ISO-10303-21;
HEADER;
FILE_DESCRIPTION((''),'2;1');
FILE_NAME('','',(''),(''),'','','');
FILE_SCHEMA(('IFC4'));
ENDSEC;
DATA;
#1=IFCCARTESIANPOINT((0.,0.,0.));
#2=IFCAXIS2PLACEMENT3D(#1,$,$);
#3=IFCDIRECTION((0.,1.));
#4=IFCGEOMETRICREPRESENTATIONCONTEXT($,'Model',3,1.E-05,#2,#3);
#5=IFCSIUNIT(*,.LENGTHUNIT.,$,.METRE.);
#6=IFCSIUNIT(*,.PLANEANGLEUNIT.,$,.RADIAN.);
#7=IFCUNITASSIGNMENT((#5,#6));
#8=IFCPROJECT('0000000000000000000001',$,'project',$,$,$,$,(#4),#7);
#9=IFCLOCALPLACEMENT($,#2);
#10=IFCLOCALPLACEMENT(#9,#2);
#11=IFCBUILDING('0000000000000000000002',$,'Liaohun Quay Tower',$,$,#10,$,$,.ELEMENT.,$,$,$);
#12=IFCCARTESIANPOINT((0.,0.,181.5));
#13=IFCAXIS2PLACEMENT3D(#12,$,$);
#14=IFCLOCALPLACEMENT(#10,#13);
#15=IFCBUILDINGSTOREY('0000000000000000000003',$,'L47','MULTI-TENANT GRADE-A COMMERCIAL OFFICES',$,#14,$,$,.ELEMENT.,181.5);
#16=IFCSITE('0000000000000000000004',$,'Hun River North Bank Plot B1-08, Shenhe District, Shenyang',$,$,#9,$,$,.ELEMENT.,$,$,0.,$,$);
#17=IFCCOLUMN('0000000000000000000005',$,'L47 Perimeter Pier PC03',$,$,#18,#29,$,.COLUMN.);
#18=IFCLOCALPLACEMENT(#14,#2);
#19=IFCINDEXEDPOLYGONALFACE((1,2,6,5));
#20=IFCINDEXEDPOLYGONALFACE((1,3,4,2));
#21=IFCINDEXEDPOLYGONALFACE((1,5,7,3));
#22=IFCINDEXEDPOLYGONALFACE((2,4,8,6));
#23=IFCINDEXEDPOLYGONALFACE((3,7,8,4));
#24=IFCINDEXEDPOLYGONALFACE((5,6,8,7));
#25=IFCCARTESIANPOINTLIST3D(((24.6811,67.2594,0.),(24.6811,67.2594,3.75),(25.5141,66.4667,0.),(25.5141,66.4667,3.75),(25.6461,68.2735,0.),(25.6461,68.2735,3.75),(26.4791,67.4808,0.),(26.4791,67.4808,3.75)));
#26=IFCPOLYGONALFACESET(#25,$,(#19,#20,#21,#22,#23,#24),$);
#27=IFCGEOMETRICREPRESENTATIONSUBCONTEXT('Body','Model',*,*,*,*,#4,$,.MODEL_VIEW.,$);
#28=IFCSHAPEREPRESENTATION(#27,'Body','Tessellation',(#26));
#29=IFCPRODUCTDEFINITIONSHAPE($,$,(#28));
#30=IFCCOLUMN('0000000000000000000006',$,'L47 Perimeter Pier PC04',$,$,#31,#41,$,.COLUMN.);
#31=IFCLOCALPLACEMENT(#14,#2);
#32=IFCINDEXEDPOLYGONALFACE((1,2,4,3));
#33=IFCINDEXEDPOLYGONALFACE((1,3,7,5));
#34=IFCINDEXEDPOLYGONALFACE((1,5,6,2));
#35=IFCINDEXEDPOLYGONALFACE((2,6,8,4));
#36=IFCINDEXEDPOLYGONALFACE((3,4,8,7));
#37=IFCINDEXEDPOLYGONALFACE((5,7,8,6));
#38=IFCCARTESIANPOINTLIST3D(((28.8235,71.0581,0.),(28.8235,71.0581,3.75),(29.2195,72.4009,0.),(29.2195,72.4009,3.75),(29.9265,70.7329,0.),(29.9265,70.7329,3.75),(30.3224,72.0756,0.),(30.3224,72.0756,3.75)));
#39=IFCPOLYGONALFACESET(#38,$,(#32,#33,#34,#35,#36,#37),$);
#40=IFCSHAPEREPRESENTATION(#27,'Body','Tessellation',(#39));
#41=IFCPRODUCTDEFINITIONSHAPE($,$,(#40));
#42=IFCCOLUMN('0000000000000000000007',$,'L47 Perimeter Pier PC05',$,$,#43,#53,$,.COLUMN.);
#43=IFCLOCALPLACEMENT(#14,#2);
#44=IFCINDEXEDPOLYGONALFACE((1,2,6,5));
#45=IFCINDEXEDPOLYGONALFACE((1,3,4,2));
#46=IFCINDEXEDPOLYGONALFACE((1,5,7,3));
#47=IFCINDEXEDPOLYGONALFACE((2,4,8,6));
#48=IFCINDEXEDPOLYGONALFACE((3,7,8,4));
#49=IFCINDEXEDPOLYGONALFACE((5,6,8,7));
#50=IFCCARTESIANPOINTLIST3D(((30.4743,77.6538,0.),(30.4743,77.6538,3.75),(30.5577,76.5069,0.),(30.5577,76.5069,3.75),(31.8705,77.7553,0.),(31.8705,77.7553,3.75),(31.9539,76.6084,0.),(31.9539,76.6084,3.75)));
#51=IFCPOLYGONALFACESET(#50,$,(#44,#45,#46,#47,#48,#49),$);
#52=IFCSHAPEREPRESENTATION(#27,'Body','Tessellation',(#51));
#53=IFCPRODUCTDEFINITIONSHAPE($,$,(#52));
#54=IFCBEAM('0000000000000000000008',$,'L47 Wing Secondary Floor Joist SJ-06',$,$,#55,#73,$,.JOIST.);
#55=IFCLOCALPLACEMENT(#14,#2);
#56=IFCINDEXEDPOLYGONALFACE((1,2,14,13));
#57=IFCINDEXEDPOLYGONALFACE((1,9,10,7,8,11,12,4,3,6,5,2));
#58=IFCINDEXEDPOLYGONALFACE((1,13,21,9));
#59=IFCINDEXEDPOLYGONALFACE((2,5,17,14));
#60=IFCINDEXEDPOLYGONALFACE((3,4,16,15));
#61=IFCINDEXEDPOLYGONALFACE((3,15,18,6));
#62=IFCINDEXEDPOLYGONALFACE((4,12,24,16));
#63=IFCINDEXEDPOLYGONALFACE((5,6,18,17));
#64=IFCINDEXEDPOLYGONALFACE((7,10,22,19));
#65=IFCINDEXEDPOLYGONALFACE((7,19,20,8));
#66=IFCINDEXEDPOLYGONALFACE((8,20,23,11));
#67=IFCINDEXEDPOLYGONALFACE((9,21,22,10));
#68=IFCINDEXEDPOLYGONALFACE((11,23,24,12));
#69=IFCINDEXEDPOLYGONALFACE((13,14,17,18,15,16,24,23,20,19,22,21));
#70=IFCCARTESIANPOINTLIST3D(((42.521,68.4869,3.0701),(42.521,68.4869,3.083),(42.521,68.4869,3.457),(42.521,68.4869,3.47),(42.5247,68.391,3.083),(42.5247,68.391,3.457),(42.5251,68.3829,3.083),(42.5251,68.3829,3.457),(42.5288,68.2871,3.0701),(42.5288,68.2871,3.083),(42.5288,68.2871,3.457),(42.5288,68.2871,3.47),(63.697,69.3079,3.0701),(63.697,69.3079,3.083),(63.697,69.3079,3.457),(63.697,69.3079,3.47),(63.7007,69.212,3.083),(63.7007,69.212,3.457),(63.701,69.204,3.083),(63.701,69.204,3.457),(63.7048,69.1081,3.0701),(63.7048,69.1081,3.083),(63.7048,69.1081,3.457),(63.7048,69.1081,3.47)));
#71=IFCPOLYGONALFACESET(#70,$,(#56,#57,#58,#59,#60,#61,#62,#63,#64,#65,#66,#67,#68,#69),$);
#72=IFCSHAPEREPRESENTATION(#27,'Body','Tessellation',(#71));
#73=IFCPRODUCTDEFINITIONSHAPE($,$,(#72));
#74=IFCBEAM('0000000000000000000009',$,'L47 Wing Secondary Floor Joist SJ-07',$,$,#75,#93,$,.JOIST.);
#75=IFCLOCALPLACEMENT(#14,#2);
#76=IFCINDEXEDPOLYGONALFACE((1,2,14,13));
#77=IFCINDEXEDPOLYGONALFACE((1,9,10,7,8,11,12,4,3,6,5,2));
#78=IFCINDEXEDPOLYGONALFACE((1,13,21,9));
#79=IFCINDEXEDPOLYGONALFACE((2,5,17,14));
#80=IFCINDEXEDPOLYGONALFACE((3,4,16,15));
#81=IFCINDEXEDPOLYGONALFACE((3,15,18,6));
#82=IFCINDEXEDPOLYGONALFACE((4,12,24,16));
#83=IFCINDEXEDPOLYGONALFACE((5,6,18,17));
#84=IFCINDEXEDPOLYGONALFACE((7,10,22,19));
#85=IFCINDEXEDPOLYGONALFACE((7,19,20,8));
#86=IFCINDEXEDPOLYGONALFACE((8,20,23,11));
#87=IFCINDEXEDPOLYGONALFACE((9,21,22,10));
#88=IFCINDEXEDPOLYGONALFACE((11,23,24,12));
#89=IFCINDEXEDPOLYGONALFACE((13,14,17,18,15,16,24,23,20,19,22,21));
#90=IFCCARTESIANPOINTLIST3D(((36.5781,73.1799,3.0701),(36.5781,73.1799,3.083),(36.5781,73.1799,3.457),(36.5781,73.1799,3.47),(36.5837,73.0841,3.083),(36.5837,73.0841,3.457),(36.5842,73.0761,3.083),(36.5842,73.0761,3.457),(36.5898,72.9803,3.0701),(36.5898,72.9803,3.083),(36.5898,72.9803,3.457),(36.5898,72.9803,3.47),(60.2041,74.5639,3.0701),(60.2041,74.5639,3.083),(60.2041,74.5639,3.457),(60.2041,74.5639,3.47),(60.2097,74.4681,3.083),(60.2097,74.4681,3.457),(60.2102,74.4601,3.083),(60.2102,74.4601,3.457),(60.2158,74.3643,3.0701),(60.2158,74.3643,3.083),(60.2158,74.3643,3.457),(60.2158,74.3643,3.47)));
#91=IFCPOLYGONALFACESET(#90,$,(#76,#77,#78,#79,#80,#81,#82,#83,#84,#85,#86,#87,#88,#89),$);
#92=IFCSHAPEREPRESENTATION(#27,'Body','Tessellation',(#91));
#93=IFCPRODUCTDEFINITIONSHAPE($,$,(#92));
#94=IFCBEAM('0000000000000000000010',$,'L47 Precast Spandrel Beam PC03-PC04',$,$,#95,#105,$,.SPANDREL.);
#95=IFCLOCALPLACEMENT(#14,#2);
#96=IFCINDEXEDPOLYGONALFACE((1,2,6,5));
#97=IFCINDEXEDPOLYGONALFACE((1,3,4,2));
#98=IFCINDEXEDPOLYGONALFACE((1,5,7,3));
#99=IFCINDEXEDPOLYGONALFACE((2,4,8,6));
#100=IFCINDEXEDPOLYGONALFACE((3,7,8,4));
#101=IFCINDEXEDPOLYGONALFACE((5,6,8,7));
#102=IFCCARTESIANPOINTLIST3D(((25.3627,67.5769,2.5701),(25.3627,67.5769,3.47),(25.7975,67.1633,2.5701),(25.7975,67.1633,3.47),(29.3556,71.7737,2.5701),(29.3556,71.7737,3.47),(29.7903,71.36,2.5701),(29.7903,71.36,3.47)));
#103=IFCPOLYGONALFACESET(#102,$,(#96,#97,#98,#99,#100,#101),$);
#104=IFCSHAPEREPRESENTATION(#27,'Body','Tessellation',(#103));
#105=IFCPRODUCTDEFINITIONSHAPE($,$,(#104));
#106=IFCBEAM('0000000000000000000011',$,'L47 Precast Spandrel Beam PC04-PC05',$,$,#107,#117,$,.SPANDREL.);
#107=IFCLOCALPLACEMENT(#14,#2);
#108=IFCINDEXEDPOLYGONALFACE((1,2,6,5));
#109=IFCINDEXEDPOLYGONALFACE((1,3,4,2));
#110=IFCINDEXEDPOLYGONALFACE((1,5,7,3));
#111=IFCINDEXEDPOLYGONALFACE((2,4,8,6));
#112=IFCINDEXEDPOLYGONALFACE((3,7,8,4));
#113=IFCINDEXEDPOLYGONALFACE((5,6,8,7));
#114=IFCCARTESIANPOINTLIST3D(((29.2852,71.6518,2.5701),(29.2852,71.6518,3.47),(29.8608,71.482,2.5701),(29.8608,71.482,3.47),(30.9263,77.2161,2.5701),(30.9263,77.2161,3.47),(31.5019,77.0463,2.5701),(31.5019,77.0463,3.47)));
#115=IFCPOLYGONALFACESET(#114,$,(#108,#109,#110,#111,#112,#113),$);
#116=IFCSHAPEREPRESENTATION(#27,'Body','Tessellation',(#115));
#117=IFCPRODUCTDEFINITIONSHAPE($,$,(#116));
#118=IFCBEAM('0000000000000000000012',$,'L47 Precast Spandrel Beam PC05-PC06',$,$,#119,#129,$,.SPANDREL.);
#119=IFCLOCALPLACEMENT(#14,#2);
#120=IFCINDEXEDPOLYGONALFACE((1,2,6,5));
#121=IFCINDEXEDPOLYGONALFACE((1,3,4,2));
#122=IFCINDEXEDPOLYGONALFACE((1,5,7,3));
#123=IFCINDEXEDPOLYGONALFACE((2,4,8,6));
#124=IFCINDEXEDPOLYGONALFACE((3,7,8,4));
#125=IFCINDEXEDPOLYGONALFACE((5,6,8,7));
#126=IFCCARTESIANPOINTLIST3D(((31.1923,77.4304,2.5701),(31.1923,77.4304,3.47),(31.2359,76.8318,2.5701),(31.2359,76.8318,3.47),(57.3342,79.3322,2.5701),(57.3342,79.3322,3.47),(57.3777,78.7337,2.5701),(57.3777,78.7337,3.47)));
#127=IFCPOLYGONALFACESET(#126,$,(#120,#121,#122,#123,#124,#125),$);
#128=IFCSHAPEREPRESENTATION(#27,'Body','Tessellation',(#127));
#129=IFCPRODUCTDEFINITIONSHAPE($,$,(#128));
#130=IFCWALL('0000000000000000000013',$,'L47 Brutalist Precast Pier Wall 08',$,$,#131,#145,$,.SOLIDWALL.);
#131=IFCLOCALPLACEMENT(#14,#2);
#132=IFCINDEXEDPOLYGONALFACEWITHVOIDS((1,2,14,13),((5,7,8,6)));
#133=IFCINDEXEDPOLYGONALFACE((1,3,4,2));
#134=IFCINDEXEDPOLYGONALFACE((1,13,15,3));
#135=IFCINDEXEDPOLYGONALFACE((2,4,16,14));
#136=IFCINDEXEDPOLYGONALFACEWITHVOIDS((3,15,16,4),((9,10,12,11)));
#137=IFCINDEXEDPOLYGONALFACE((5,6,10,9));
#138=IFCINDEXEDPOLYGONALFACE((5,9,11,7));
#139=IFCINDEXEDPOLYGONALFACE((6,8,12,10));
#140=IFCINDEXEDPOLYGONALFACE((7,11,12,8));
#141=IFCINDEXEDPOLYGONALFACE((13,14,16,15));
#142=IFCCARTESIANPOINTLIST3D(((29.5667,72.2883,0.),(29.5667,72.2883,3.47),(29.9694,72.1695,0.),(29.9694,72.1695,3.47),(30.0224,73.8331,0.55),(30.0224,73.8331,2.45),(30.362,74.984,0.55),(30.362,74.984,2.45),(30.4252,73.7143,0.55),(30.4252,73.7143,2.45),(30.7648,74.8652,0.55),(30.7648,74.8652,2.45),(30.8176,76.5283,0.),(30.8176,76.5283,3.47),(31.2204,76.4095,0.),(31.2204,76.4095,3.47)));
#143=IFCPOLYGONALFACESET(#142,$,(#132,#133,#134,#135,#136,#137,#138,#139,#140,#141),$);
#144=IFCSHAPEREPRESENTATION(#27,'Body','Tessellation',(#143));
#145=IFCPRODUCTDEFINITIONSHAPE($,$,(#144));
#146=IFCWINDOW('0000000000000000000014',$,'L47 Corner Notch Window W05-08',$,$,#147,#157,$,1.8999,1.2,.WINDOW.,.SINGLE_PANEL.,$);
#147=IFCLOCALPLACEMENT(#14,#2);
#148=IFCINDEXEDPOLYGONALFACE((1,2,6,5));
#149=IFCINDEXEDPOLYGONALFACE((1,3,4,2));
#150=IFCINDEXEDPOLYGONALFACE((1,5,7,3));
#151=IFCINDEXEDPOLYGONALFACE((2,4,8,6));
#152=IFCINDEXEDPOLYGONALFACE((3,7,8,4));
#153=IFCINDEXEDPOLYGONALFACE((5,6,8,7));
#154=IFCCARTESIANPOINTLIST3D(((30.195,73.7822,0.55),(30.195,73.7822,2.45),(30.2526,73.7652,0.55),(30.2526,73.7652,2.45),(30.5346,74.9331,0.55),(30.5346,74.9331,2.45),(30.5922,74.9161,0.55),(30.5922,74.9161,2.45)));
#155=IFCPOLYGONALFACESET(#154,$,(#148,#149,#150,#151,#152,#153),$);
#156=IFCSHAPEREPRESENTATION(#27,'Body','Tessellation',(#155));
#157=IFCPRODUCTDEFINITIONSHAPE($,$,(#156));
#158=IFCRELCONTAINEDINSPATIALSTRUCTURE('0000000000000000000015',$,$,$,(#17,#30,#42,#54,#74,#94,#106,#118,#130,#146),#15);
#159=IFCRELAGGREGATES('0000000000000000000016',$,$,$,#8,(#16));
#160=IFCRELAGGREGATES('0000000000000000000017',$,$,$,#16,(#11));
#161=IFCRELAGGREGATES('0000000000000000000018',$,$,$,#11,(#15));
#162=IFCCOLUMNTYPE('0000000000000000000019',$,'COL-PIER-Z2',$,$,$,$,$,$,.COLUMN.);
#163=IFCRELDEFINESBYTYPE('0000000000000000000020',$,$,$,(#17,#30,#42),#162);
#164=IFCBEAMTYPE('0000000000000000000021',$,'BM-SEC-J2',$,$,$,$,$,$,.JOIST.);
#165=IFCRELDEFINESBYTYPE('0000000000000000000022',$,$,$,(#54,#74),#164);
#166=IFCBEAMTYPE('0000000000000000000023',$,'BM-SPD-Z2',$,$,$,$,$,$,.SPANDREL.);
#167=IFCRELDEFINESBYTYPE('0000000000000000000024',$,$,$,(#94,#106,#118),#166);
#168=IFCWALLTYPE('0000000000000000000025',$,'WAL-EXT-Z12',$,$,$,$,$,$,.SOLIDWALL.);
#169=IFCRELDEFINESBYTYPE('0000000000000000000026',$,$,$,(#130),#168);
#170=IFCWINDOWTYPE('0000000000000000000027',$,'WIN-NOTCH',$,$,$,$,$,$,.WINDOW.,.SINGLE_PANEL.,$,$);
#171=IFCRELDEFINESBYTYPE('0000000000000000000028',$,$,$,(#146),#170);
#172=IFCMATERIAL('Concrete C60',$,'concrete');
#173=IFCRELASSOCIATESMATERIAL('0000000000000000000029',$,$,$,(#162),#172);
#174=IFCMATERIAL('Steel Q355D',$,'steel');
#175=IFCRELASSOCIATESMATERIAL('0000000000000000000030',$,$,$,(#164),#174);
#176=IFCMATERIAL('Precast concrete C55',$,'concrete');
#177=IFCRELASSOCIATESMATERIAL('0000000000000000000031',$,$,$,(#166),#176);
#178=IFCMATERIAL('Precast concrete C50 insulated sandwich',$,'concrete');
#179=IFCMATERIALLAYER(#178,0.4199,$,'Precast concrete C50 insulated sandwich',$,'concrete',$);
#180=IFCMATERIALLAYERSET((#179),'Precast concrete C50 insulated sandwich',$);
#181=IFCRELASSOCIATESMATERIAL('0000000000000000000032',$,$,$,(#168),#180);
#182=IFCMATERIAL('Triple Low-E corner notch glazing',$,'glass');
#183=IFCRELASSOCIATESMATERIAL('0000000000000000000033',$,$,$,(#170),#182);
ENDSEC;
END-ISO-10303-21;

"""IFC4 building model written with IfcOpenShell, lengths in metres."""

from ifc_helpers import new_model, si_unit, direction, frame, frame_2d, origin, origin_2d, place, context, subcontext, project, spatial, rectangle, i_section, extrude, source, transform, mapped, material, layer, layer_set, material_profile, profile_set, type_object, element, fill, save


model = new_model("IFC4")

# Units and contexts
model_context = context("Model", 3, precision=1e-05, world=origin(), true_north=direction((0.0, 1.0)))
body_context = subcontext(model_context, "Body", "Model", "MODEL_VIEW")
ifc_project = project(units=[si_unit("LENGTHUNIT", "METRE"), si_unit("PLANEANGLEUNIT", "RADIAN")], contexts=[model_context])

# Site, building, storey
site_placement = place(None, origin())
site = spatial("IfcSite", under=ifc_project, at=site_placement, Name="Hun River North Bank Plot B1-08, Shenhe District, Shenyang", CompositionType="ELEMENT", RefElevation=0.0)
building_placement = place(site_placement, origin())
building = spatial("IfcBuilding", under=site, at=building_placement, Name="Liaohun Quay Tower", CompositionType="ELEMENT")
storey_placement = place(building_placement, frame((0.0, 0.0, 181.5)))
storey = spatial("IfcBuildingStorey", under=building, at=storey_placement, Name="L47", Description="MULTI-TENANT GRADE-A COMMERCIAL OFFICES", CompositionType="ELEMENT", Elevation=181.5)

# Columns
ifc_material_1 = material(Name="Concrete C60", Category="concrete")
ifc_material_profile_1 = material_profile(ifc_material_1, rectangle(XDim=1.3999, YDim=1.1499, at=origin_2d()), Name="RC1400x1150")
ifc_profile_set_1 = profile_set([ifc_material_profile_1], Name="Concrete C60")
column_type = type_object("IfcColumnType", Name="COL-PIER-Z2", PredefinedType="COLUMN", material=ifc_profile_set_1)
shared_shape_1 = source(origin(), body_context, "Body", "SweptSolid", [
    extrude(rectangle(XDim=1.3999, YDim=1.1499, at=origin_2d()), origin(), (0.0, 0.0, 1.0), 3.75),
])
for number, where, z_axis, x_axis, name in (
    (1, (25.5801, 67.3701, 0.0), (0.0, 0.0, 1.0), (0.689367, 0.724413, 0.0), "L47 Perimeter Pier PC03"),
    (2, (29.573, 71.5669, 0.0), (0.0, 0.0, 1.0), (0.282844, 0.959166, 0.0), "L47 Perimeter Pier PC04"),
    (3, (31.2141, 77.1311, 0.0), (0.0, 0.0, 1.0), (0.997365, 0.072542, 0.0), "L47 Perimeter Pier PC05"),
):
    element("IfcColumn", number, at=place(storey_placement, frame(where, z_axis=z_axis, x_axis=x_axis)), inside=storey, type_object=column_type, Name=name, PredefinedType="COLUMN", context=body_context, shape_type="MappedRepresentation", body=[
        mapped(shared_shape_1, transform((0.0, 0.0, 0.0), x_axis=(1.0, 0.0, 0.0), y_axis=(0.0, 1.0, 0.0), z_axis=(0.0, 0.0, 1.0), scale=1.0)),
    ])

# Beams
ifc_material_2 = material(Name="Steel Q355D", Category="steel")
ifc_material_profile_2 = material_profile(ifc_material_2, i_section(OverallWidth=0.2, OverallDepth=0.3999, WebThickness=0.0081, FlangeThickness=0.0129, at=origin_2d()), Name="HN400x200x8x13")
ifc_profile_set_2 = profile_set([ifc_material_profile_2], Name="Steel Q355D")
beam_type_1 = type_object("IfcBeamType", Name="BM-SEC-J2", PredefinedType="JOIST", material=ifc_profile_set_2)
shared_shape_2 = source(origin(), body_context, "Body", "SweptSolid", [
    extrude(i_section(OverallWidth=0.2, OverallDepth=0.3999, WebThickness=0.0081, FlangeThickness=0.0129, at=origin_2d()), origin(), (0.0, 0.0, 1.0), 21.1919),
])
beam_1_placement = place(storey_placement, frame((42.5249, 68.387, 3.27), z_axis=(0.999249, 0.038743, 0.0), x_axis=(-0.038743, 0.999249, 0.0)))
element("IfcBeam", 4, at=beam_1_placement, inside=storey, type_object=beam_type_1, Name="L47 Wing Secondary Floor Joist SJ-06", PredefinedType="JOIST", context=body_context, shape_type="MappedRepresentation", body=[
    mapped(shared_shape_2, transform((0.0, 0.0, 0.0), x_axis=(1.0, 0.0, 0.0), y_axis=(0.0, 1.0, 0.0), z_axis=(0.0, 0.0, 1.0), scale=1.0)),
])
shared_shape_3 = source(origin(), body_context, "Body", "SweptSolid", [
    extrude(i_section(OverallWidth=0.2, OverallDepth=0.3999, WebThickness=0.0081, FlangeThickness=0.0129, at=origin_2d()), origin(), (0.0, 0.0, 1.0), 23.6665),
])
beam_2_placement = place(storey_placement, frame((36.584, 73.0801, 3.27), z_axis=(0.998289, 0.058481, 0.0), x_axis=(-0.058481, 0.998289, 0.0)))
element("IfcBeam", 5, at=beam_2_placement, inside=storey, type_object=beam_type_1, Name="L47 Wing Secondary Floor Joist SJ-07", PredefinedType="JOIST", context=body_context, shape_type="MappedRepresentation", body=[
    mapped(shared_shape_3, transform((0.0, 0.0, 0.0), x_axis=(1.0, 0.0, 0.0), y_axis=(0.0, 1.0, 0.0), z_axis=(0.0, 0.0, 1.0), scale=1.0)),
])
ifc_material_3 = material(Name="Precast concrete C55", Category="concrete")
ifc_material_profile_3 = material_profile(ifc_material_3, rectangle(XDim=0.6001, YDim=0.8999, at=origin_2d()), Name="RC600x900")
ifc_profile_set_3 = profile_set([ifc_material_profile_3], Name="Precast concrete C55")
beam_type_2 = type_object("IfcBeamType", Name="BM-SPD-Z2", PredefinedType="SPANDREL", material=ifc_profile_set_3)
shared_shape_4 = source(origin(), body_context, "Body", "SweptSolid", [
    extrude(rectangle(XDim=0.6001, YDim=0.8999, at=origin_2d()), origin(), (0.0, 0.0, 1.0), 5.7927),
])
beam_3_placement = place(storey_placement, frame((25.5801, 67.3701, 3.02), z_axis=(0.689292, 0.724484, 0.0), x_axis=(-0.724484, 0.689292, 0.0)))
element("IfcBeam", 6, at=beam_3_placement, inside=storey, type_object=beam_type_2, Name="L47 Precast Spandrel Beam PC03-PC04", PredefinedType="SPANDREL", context=body_context, shape_type="MappedRepresentation", body=[
    mapped(shared_shape_4, transform((0.0, 0.0, 0.0), x_axis=(1.0, 0.0, 0.0), y_axis=(0.0, 1.0, 0.0), z_axis=(0.0, 0.0, 1.0), scale=1.0)),
])
shared_shape_5 = source(origin(), body_context, "Body", "SweptSolid", [
    extrude(rectangle(XDim=0.6001, YDim=0.8999, at=origin_2d()), origin(), (0.0, 0.0, 1.0), 5.8013),
])
beam_4_placement = place(storey_placement, frame((29.573, 71.5669, 3.02), z_axis=(0.282893, 0.959151, 0.0), x_axis=(-0.959151, 0.282893, 0.0)))
element("IfcBeam", 7, at=beam_4_placement, inside=storey, type_object=beam_type_2, Name="L47 Precast Spandrel Beam PC04-PC05", PredefinedType="SPANDREL", context=body_context, shape_type="MappedRepresentation", body=[
    mapped(shared_shape_5, transform((0.0, 0.0, 0.0), x_axis=(1.0, 0.0, 0.0), y_axis=(0.0, 1.0, 0.0), z_axis=(0.0, 0.0, 1.0), scale=1.0)),
])
shared_shape_6 = source(origin(), body_context, "Body", "SweptSolid", [
    extrude(rectangle(XDim=0.6001, YDim=0.8999, at=origin_2d()), origin(), (0.0, 0.0, 1.0), 26.2109),
])
beam_5_placement = place(storey_placement, frame((31.2141, 77.1311, 3.02), z_axis=(0.997364, 0.07256, 0.0), x_axis=(-0.07256, 0.997364, 0.0)))
element("IfcBeam", 8, at=beam_5_placement, inside=storey, type_object=beam_type_2, Name="L47 Precast Spandrel Beam PC05-PC06", PredefinedType="SPANDREL", context=body_context, shape_type="MappedRepresentation", body=[
    mapped(shared_shape_6, transform((0.0, 0.0, 0.0), x_axis=(1.0, 0.0, 0.0), y_axis=(0.0, 1.0, 0.0), z_axis=(0.0, 0.0, 1.0), scale=1.0)),
])

# Wall, opening, window
ifc_material_4 = material(Name="Precast concrete C50 insulated sandwich", Category="concrete")
ifc_layer_1 = layer(ifc_material_4, 0.4199, Name="Precast concrete C50 insulated sandwich", Category="concrete")
ifc_layer_set_1 = layer_set([ifc_layer_1], Name="Precast concrete C50 insulated sandwich")
wall_type_1 = type_object("IfcWallType", Name="WAL-EXT-Z12", PredefinedType="SOLIDWALL", material=ifc_layer_set_1)
wall_1_placement = place(storey_placement, frame((31.019, 76.469, 0.0), z_axis=(0.0, 0.0, 1.0), x_axis=(-0.282982, -0.959125, 0.0)))
wall_1 = element("IfcWall", 9, at=wall_1_placement, inside=storey, type_object=wall_type_1, Name="L47 Brutalist Precast Pier Wall 08", PredefinedType="SOLIDWALL", context=body_context, shape_type="SweptSolid", body=[
    extrude(rectangle(XDim=4.4207, YDim=0.4199, at=frame_2d((2.2104, 0.0))), origin(), (0.0, 0.0, 1.0), 3.47),
])
shared_shape_7 = source(origin(), body_context, "Body", "SweptSolid", [
    extrude(rectangle(XDim=1.2, YDim=1.8999, at=frame_2d((0.6001, 0.95))), frame((0.0, 0.22, 0.0), z_axis=(0.0, -1.0, 0.0), x_axis=(1.0, 0.0, 0.0)), (0.0, 0.0, 1.0), 0.4399),
])
opening_1_placement = place(wall_1_placement, frame((1.6101, 0.0, 0.55)))
opening_1 = element("IfcOpeningElement", 10, at=opening_1_placement, cuts=wall_1, PredefinedType="OPENING", context=body_context, shape_type="MappedRepresentation", body=[
    mapped(shared_shape_7, transform((0.0, 0.0, 0.0), x_axis=(1.0, 0.0, 0.0), y_axis=(0.0, 1.0, 0.0), z_axis=(0.0, 0.0, 1.0), scale=1.0)),
])
ifc_material_5 = material(Name="Triple Low-E corner notch glazing", Category="glass")
window_type_1 = type_object("IfcWindowType", Name="WIN-NOTCH", PartitioningType="SINGLE_PANEL", PredefinedType="WINDOW", material=ifc_material_5)
shared_shape_8 = source(origin(), body_context, "Body", "SweptSolid", [
    extrude(rectangle(XDim=1.2, YDim=1.8999, at=frame_2d((0.6001, 0.95))), frame((0.0, 0.03, 0.0), z_axis=(0.0, -1.0, 0.0), x_axis=(1.0, 0.0, 0.0)), (0.0, 0.0, 1.0), 0.0601),
])
window_1_placement = place(opening_1_placement, origin())
window_1 = element("IfcWindow", 11, at=window_1_placement, inside=storey, type_object=window_type_1, Name="L47 Corner Notch Window W05-08", OverallHeight=1.8999, OverallWidth=1.2, PartitioningType="SINGLE_PANEL", PredefinedType="WINDOW", context=body_context, shape_type="MappedRepresentation", body=[
    mapped(shared_shape_8, transform((0.0, 0.0, 0.0), x_axis=(1.0, 0.0, 0.0), y_axis=(0.0, 1.0, 0.0), z_axis=(0.0, 0.0, 1.0), scale=1.0)),
])
fill(opening_1, window_1)

save(model, "model.ifc")
